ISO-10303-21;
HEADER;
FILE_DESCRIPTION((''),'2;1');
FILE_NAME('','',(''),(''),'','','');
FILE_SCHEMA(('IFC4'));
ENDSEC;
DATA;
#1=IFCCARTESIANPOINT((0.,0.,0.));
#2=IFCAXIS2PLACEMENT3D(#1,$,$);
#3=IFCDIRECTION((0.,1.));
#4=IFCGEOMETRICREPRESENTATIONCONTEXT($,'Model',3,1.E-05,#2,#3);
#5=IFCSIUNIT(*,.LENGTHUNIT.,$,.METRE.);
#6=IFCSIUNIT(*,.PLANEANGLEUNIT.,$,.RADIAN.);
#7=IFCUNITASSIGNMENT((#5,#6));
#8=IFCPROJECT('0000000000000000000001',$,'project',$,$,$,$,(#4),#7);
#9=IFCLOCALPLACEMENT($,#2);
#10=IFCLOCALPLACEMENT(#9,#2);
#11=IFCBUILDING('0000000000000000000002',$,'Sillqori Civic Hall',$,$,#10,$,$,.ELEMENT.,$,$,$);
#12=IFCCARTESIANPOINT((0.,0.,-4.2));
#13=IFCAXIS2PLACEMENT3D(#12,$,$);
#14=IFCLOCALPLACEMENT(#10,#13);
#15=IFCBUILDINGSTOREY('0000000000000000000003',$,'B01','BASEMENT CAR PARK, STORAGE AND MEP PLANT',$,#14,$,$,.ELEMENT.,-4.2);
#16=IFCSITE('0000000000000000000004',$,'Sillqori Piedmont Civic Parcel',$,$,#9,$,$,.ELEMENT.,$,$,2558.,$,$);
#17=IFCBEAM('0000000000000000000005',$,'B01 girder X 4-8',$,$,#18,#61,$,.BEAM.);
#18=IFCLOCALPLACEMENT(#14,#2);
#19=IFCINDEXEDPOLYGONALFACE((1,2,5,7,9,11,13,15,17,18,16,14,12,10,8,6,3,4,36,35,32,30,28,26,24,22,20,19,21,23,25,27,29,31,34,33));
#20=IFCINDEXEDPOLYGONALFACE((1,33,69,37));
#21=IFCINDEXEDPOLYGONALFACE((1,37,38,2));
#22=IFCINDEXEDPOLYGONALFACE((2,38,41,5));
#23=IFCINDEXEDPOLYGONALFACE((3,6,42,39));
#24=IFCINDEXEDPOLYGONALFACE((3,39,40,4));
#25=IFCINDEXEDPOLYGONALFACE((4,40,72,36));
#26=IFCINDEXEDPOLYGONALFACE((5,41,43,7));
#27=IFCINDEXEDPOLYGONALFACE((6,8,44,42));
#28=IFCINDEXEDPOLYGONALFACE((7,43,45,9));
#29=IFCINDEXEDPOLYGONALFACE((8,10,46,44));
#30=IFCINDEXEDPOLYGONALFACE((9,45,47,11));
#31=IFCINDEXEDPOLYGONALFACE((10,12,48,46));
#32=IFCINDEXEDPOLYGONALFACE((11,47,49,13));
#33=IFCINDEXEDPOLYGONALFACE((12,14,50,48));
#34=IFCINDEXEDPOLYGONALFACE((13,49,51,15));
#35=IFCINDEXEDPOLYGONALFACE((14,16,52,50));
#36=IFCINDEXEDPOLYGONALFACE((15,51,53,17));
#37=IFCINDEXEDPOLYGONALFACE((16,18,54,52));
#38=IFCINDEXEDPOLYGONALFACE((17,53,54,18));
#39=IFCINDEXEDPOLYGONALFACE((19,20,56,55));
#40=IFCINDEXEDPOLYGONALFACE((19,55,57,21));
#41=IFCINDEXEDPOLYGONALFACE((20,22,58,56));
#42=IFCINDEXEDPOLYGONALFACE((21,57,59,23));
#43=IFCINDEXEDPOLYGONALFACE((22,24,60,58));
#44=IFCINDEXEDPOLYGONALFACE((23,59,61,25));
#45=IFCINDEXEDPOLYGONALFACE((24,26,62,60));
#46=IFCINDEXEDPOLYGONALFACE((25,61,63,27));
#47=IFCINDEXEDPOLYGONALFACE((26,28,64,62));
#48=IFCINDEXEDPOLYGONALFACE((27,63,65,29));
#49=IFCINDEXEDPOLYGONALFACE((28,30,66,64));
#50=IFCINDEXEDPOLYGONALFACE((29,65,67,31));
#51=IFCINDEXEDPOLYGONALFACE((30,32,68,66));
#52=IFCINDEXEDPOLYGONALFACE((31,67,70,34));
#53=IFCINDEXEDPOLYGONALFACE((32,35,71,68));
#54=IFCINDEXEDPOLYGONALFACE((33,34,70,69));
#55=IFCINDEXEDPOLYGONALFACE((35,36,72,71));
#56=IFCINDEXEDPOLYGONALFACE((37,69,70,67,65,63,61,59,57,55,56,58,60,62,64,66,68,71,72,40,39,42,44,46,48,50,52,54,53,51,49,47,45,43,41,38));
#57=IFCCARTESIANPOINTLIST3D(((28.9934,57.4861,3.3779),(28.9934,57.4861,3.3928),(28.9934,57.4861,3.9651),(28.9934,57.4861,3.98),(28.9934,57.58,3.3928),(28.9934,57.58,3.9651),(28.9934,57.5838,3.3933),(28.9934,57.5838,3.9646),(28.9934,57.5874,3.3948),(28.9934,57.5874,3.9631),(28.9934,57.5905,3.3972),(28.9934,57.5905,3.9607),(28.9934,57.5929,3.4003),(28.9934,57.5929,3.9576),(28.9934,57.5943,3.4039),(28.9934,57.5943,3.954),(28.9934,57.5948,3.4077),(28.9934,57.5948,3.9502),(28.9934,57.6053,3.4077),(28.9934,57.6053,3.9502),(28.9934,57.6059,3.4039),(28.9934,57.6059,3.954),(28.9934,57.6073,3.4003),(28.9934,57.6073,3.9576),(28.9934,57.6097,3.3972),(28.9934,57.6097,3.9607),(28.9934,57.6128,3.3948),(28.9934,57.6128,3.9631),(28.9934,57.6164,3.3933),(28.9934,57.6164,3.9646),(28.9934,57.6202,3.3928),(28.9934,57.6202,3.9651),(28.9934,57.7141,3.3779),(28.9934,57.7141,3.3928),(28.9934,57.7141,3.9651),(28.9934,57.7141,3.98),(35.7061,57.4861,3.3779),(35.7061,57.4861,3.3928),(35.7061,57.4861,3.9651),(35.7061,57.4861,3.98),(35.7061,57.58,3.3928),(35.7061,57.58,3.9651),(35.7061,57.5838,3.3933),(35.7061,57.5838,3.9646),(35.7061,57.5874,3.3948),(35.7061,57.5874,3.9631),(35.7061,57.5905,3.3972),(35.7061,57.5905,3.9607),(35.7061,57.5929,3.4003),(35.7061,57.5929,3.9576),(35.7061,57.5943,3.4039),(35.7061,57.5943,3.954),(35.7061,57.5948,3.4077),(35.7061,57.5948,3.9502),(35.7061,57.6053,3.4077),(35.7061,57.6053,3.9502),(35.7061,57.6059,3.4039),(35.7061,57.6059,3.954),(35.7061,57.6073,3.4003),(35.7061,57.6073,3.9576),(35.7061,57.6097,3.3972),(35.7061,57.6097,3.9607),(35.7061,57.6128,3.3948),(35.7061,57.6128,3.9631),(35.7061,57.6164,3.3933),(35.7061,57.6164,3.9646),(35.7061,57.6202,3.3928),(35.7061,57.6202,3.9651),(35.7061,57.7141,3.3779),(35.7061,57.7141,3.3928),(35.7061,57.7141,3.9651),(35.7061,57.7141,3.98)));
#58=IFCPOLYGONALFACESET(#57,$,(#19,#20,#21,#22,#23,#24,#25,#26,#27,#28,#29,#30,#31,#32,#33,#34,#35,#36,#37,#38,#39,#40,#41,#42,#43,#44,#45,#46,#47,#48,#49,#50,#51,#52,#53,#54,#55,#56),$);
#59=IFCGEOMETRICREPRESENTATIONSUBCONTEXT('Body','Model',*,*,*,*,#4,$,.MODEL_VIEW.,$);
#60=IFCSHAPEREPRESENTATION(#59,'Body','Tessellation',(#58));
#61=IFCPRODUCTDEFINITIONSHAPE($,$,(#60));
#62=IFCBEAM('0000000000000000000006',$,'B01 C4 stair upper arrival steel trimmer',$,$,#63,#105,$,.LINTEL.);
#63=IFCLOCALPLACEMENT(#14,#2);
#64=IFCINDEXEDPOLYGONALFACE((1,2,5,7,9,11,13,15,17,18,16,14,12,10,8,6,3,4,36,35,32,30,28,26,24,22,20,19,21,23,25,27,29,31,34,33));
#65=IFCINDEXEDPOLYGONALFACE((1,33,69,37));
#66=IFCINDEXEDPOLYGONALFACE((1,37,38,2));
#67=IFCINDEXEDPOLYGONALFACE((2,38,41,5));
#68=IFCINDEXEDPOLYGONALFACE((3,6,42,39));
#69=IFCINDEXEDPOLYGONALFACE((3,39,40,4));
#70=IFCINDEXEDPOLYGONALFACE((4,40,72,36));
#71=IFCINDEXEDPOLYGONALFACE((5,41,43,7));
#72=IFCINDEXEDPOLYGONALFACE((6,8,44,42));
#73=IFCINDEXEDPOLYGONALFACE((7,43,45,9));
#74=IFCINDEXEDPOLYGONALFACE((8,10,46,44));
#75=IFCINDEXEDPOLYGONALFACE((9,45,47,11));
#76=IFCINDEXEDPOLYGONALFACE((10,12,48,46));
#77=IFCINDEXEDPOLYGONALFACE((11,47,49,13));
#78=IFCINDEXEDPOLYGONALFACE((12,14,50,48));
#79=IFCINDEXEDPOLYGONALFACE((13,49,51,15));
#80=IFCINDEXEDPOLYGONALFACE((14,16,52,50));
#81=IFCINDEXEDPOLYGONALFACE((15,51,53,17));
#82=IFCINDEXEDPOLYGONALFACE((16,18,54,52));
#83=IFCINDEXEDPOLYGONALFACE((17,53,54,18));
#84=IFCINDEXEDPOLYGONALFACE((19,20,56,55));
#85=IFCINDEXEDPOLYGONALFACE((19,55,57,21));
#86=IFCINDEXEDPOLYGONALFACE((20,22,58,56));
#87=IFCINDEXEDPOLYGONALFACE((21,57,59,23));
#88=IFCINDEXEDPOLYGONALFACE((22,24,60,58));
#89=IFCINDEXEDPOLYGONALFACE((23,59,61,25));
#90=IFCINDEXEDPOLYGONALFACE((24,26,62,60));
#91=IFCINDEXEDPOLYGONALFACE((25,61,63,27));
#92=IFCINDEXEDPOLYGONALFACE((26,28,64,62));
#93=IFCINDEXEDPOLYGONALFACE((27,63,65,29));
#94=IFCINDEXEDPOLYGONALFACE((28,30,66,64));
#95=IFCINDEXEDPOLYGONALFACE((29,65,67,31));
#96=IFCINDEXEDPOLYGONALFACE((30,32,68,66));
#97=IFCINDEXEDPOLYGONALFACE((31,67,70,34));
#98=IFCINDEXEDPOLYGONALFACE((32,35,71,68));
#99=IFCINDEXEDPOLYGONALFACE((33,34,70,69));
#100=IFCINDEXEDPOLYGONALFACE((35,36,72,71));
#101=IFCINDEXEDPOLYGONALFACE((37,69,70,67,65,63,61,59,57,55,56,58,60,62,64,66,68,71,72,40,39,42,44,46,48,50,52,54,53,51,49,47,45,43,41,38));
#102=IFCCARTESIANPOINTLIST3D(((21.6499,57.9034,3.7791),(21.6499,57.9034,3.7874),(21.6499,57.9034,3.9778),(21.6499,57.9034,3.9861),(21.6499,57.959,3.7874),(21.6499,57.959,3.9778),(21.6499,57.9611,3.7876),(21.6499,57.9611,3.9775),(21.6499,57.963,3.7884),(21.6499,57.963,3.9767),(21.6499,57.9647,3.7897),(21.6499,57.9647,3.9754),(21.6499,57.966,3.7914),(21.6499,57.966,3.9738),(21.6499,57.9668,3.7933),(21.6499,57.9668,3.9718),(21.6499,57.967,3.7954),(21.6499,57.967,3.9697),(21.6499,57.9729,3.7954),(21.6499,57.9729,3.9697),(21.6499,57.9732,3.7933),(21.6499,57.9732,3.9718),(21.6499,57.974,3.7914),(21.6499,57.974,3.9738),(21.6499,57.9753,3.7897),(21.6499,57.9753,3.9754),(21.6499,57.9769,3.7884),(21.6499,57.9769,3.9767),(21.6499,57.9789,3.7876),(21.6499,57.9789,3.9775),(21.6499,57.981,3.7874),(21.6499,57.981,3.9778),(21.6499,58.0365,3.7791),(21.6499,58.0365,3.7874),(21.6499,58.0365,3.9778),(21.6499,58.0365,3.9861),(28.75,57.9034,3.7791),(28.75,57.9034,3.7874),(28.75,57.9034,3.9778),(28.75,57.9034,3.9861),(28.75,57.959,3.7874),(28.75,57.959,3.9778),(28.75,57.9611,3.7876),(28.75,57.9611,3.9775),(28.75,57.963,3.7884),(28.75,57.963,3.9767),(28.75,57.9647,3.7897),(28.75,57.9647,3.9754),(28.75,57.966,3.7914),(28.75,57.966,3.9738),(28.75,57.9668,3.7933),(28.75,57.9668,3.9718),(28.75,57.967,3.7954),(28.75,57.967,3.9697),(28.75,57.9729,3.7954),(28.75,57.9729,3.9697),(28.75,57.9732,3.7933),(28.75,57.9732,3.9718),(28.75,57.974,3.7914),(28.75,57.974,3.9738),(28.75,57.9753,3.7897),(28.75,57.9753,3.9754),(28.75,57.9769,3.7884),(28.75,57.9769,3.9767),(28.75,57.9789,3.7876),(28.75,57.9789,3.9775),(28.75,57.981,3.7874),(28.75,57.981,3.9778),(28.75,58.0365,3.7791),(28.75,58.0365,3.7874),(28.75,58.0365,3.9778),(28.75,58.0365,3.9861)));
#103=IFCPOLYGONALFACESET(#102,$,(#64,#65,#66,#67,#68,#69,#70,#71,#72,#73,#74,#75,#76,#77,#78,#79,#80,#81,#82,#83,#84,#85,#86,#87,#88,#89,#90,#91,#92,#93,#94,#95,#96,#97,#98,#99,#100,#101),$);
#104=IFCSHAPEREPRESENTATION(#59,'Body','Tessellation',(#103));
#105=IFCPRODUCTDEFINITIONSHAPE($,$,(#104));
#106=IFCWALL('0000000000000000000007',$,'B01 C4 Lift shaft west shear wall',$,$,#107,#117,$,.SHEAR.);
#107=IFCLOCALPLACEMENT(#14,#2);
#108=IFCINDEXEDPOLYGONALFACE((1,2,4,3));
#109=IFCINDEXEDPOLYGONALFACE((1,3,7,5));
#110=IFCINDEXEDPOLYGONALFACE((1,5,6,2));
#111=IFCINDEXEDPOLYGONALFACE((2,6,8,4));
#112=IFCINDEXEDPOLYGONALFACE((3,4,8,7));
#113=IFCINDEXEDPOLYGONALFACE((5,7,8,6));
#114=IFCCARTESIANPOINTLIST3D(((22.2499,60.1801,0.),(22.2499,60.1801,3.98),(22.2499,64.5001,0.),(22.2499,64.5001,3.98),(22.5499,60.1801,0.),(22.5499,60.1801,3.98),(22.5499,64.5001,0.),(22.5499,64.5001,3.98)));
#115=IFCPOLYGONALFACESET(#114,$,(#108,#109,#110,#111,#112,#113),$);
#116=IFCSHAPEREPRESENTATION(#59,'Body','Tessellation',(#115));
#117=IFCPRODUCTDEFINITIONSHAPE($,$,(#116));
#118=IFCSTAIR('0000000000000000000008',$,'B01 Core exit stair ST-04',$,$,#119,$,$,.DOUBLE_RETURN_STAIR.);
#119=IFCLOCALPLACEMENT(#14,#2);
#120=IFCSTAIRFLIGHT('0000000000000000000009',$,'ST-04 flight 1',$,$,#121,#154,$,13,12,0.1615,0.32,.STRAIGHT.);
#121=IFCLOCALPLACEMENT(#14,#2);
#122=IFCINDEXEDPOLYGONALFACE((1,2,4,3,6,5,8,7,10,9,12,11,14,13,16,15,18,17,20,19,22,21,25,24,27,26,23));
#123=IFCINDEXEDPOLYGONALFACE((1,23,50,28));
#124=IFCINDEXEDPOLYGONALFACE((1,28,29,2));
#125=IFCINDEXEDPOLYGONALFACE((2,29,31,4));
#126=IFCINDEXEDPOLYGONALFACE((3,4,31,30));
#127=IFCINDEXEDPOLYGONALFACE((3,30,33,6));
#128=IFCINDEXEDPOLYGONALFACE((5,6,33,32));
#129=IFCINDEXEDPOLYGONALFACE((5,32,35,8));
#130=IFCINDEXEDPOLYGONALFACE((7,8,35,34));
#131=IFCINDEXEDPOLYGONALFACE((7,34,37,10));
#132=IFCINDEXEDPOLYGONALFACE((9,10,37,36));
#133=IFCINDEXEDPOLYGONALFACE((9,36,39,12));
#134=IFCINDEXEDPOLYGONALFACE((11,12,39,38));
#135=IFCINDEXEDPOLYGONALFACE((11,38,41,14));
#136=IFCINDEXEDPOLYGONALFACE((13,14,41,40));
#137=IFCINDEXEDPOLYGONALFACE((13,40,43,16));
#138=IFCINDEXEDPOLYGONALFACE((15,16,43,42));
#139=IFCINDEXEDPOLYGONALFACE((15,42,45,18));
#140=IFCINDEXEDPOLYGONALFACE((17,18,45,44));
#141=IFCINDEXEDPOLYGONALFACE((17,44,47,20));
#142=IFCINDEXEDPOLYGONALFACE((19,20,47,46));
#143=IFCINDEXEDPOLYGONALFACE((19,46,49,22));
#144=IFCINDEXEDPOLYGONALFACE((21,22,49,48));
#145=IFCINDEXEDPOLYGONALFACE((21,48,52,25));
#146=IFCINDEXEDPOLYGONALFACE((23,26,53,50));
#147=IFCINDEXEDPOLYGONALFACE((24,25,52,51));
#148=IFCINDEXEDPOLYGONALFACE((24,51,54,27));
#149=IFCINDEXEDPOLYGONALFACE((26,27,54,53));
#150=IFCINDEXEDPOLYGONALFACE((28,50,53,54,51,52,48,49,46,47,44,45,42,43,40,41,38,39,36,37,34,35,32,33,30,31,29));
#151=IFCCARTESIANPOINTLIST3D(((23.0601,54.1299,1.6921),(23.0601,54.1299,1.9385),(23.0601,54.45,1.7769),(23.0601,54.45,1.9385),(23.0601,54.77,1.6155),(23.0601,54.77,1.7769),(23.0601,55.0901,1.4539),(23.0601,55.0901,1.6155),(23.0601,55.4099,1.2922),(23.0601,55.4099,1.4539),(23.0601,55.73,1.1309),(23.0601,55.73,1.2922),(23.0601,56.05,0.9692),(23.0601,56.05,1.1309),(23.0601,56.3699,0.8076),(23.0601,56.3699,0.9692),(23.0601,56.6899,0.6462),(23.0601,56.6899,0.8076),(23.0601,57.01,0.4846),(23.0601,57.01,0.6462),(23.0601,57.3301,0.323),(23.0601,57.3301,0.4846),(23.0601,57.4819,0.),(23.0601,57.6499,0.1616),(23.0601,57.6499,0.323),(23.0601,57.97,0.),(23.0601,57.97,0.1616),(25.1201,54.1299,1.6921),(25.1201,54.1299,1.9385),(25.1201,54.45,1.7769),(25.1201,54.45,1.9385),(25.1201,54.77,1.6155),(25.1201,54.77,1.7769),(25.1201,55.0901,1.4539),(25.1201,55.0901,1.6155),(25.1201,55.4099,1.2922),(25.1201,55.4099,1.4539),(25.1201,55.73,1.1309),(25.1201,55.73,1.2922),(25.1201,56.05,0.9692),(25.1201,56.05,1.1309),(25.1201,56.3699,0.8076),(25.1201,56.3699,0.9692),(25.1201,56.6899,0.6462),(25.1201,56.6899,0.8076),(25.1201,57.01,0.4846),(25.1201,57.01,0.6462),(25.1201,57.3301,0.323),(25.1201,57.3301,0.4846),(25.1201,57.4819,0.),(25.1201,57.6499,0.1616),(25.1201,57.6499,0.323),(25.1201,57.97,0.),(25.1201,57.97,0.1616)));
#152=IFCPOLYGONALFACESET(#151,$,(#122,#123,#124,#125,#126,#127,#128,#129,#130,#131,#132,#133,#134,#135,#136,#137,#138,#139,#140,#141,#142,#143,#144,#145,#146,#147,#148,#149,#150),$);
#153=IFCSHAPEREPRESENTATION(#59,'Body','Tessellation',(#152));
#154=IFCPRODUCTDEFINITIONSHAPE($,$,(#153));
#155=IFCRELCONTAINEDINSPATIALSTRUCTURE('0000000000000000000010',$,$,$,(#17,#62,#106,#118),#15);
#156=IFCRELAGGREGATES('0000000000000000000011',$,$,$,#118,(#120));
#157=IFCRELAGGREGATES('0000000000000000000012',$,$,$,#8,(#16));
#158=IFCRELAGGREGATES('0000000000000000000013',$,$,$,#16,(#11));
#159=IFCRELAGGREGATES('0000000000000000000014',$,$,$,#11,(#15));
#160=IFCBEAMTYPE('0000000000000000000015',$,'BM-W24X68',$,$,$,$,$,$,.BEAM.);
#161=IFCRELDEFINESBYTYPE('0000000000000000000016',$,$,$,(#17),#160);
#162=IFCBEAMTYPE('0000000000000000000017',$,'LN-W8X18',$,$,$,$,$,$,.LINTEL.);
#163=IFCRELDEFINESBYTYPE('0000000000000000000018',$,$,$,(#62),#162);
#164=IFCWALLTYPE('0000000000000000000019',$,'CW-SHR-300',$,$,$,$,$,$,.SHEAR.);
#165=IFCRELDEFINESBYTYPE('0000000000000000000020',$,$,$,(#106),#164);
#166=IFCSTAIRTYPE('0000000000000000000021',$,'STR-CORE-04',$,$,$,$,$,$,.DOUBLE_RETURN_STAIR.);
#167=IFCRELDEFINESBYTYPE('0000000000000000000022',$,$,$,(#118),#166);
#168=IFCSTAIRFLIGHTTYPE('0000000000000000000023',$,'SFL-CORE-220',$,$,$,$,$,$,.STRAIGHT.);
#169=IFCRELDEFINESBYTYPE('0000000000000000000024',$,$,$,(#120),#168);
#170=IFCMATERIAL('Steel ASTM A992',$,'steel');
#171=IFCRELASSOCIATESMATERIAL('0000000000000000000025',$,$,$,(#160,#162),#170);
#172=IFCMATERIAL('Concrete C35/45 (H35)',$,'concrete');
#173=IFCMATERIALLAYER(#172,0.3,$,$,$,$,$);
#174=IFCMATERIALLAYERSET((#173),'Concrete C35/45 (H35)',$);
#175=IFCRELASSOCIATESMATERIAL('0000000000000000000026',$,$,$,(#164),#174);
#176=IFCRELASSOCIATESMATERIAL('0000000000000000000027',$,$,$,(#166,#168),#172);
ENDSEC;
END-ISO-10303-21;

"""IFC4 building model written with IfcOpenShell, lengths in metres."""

from ifc_helpers import new_model, si_unit, direction, frame, frame_2d, origin, origin_2d, place, context, subcontext, project, spatial, polyline, rectangle, i_section, outline, extrude, material, layer, layer_set, material_profile, profile_set, type_object, element, aggregate, save


model = new_model("IFC4")

# Units and contexts
model_context = context("Model", 3, precision=1e-05, world=origin(), true_north=direction((0.0, 1.0)))
body_context = subcontext(model_context, "Body", "Model", "MODEL_VIEW")
ifc_project = project(units=[si_unit("LENGTHUNIT", "METRE"), si_unit("PLANEANGLEUNIT", "RADIAN")], contexts=[model_context])

# Site, building, storey
site_placement = place(None, origin())
site = spatial("IfcSite", under=ifc_project, at=site_placement, Name="Sillqori Piedmont Civic Parcel", CompositionType="ELEMENT", RefElevation=2558.0)
building_placement = place(site_placement, origin())
building = spatial("IfcBuilding", under=site, at=building_placement, Name="Sillqori Civic Hall", CompositionType="ELEMENT")
storey_placement = place(building_placement, frame((0.0, 0.0, -4.2)))
storey = spatial("IfcBuildingStorey", under=building, at=storey_placement, Name="B01", Description="BASEMENT CAR PARK, STORAGE AND MEP PLANT", CompositionType="ELEMENT", Elevation=-4.2)

# Shared definitions
ifc_material_1 = material(Name="Concrete C35/45 (H35)", Category="concrete")

# Shared definitions
ifc_material_2 = material(Name="Steel ASTM A992", Category="steel")

# Beams
ifc_material_profile_1 = material_profile(ifc_material_2, i_section(OverallWidth=0.228, OverallDepth=0.6021, WebThickness=0.0105, FlangeThickness=0.0149, FilletRadius=0.0149, at=origin_2d()), Name="W24X68")
ifc_profile_set_1 = profile_set([ifc_material_profile_1], Name="Steel ASTM A992")
beam_type_1 = type_object("IfcBeamType", Name="BM-W24X68", PredefinedType="BEAM", material=ifc_profile_set_1)
beam_1_placement = place(storey_placement, frame((28.9934, 57.6001, 3.679), z_axis=(1.0, 0.0, 0.0), x_axis=(0.0, 1.0, 0.0)))
element("IfcBeam", 1, at=beam_1_placement, inside=storey, type_object=beam_type_1, Name="B01 girder X 4-8", PredefinedType="BEAM", context=body_context, shape_type="SweptSolid", body=[
    extrude(i_section(OverallWidth=0.228, OverallDepth=0.6021, WebThickness=0.0105, FlangeThickness=0.0149, FilletRadius=0.0149, at=origin_2d()), origin(), (0.0, 0.0, 1.0), 6.7126),
])
ifc_material_profile_2 = material_profile(ifc_material_2, i_section(OverallWidth=0.1331, OverallDepth=0.207, WebThickness=0.0059, FlangeThickness=0.0083, FilletRadius=0.0081, at=origin_2d()), Name="W8X18")
ifc_profile_set_2 = profile_set([ifc_material_profile_2], Name="Steel ASTM A992")
beam_type_2 = type_object("IfcBeamType", Name="LN-W8X18", PredefinedType="LINTEL", material=ifc_profile_set_2)
beam_2_placement = place(storey_placement, frame((21.6499, 57.97, 3.8826), z_axis=(1.0, 0.0, 0.0), x_axis=(0.0, 1.0, 0.0)))
element("IfcBeam", 2, at=beam_2_placement, inside=storey, type_object=beam_type_2, Name="B01 C4 stair upper arrival steel trimmer", PredefinedType="LINTEL", context=body_context, shape_type="SweptSolid", body=[
    extrude(i_section(OverallWidth=0.1331, OverallDepth=0.207, WebThickness=0.0059, FlangeThickness=0.0083, FilletRadius=0.0081, at=origin_2d()), origin(), (0.0, 0.0, 1.0), 7.1001),
])

# Wall
ifc_layer_1 = layer(ifc_material_1, 0.3)
ifc_layer_set_1 = layer_set([ifc_layer_1], Name="Concrete C35/45 (H35)")
wall_type_1 = type_object("IfcWallType", Name="CW-SHR-300", PredefinedType="SHEAR", material=ifc_layer_set_1)
wall_1_placement = place(storey_placement, frame((22.3999, 60.1799, 0.0), z_axis=(0.0, 0.0, 1.0), x_axis=(0.0, 1.0, 0.0)))
element("IfcWall", 3, at=wall_1_placement, inside=storey, type_object=wall_type_1, Name="B01 C4 Lift shaft west shear wall", PredefinedType="SHEAR", context=body_context, shape_type="SweptSolid", body=[
    extrude(rectangle(XDim=4.3201, YDim=0.3, at=frame_2d((2.1602, 0.0))), origin(), (0.0, 0.0, 1.0), 3.98),
])

# Stair, stair flight
stair_type = type_object("IfcStairType", Name="STR-CORE-04", PredefinedType="DOUBLE_RETURN_STAIR", material=ifc_material_1)
stair_placement = place(storey_placement, origin())
stair = element("IfcStair", 4, at=stair_placement, inside=storey, type_object=stair_type, Name="B01 Core exit stair ST-04", PredefinedType="DOUBLE_RETURN_STAIR")
stair_flight_type = type_object("IfcStairFlightType", Name="SFL-CORE-220", PredefinedType="STRAIGHT", material=ifc_material_1)
stair_flight_1_placement = place(storey_placement, frame((24.0901, 57.97, 0.0), z_axis=(0.0, 0.0, 1.0), x_axis=(0.0, -1.0, 0.0)))
stair_flight_1 = element("IfcStairFlight", 5, at=stair_flight_1_placement, type_object=stair_flight_type, Name="ST-04 flight 1", NumberOfRisers=13, NumberOfTreads=12, PredefinedType="STRAIGHT", RiserHeight=0.1615, TreadLength=0.32, context=body_context, shape_type="SweptSolid", body=[
    extrude(outline(polyline([(0.0, 0.0), (0.0, 0.1616), (0.3201, 0.1616), (0.3201, 0.323), (0.6399, 0.323), (0.6399, 0.4846), (0.96, 0.4846), (0.96, 0.6462), (1.28, 0.6462), (1.28, 0.8076), (1.6001, 0.8076), (1.6001, 0.9692), (1.9199, 0.9692), (1.9199, 1.1309), (2.24, 1.1309), (2.24, 1.2922), (2.5601, 1.2922), (2.5601, 1.4539), (2.8799, 1.4539), (2.8799, 1.6155), (3.2, 1.6155), (3.2, 1.7769), (3.52, 1.7769), (3.52, 1.9385), (3.8401, 1.9385), (3.8401, 2.1001), (3.8401, 1.6921), (0.488, 0.0), (0.0, 0.0)])), frame((0.0, 1.03, 0.0), z_axis=(0.0, -1.0, 0.0), x_axis=(1.0, 0.0, 0.0)), (0.0, 0.0, 1.0), 2.0601),
])
aggregate(stair, [stair_flight_1])

save(model, "model.ifc")
